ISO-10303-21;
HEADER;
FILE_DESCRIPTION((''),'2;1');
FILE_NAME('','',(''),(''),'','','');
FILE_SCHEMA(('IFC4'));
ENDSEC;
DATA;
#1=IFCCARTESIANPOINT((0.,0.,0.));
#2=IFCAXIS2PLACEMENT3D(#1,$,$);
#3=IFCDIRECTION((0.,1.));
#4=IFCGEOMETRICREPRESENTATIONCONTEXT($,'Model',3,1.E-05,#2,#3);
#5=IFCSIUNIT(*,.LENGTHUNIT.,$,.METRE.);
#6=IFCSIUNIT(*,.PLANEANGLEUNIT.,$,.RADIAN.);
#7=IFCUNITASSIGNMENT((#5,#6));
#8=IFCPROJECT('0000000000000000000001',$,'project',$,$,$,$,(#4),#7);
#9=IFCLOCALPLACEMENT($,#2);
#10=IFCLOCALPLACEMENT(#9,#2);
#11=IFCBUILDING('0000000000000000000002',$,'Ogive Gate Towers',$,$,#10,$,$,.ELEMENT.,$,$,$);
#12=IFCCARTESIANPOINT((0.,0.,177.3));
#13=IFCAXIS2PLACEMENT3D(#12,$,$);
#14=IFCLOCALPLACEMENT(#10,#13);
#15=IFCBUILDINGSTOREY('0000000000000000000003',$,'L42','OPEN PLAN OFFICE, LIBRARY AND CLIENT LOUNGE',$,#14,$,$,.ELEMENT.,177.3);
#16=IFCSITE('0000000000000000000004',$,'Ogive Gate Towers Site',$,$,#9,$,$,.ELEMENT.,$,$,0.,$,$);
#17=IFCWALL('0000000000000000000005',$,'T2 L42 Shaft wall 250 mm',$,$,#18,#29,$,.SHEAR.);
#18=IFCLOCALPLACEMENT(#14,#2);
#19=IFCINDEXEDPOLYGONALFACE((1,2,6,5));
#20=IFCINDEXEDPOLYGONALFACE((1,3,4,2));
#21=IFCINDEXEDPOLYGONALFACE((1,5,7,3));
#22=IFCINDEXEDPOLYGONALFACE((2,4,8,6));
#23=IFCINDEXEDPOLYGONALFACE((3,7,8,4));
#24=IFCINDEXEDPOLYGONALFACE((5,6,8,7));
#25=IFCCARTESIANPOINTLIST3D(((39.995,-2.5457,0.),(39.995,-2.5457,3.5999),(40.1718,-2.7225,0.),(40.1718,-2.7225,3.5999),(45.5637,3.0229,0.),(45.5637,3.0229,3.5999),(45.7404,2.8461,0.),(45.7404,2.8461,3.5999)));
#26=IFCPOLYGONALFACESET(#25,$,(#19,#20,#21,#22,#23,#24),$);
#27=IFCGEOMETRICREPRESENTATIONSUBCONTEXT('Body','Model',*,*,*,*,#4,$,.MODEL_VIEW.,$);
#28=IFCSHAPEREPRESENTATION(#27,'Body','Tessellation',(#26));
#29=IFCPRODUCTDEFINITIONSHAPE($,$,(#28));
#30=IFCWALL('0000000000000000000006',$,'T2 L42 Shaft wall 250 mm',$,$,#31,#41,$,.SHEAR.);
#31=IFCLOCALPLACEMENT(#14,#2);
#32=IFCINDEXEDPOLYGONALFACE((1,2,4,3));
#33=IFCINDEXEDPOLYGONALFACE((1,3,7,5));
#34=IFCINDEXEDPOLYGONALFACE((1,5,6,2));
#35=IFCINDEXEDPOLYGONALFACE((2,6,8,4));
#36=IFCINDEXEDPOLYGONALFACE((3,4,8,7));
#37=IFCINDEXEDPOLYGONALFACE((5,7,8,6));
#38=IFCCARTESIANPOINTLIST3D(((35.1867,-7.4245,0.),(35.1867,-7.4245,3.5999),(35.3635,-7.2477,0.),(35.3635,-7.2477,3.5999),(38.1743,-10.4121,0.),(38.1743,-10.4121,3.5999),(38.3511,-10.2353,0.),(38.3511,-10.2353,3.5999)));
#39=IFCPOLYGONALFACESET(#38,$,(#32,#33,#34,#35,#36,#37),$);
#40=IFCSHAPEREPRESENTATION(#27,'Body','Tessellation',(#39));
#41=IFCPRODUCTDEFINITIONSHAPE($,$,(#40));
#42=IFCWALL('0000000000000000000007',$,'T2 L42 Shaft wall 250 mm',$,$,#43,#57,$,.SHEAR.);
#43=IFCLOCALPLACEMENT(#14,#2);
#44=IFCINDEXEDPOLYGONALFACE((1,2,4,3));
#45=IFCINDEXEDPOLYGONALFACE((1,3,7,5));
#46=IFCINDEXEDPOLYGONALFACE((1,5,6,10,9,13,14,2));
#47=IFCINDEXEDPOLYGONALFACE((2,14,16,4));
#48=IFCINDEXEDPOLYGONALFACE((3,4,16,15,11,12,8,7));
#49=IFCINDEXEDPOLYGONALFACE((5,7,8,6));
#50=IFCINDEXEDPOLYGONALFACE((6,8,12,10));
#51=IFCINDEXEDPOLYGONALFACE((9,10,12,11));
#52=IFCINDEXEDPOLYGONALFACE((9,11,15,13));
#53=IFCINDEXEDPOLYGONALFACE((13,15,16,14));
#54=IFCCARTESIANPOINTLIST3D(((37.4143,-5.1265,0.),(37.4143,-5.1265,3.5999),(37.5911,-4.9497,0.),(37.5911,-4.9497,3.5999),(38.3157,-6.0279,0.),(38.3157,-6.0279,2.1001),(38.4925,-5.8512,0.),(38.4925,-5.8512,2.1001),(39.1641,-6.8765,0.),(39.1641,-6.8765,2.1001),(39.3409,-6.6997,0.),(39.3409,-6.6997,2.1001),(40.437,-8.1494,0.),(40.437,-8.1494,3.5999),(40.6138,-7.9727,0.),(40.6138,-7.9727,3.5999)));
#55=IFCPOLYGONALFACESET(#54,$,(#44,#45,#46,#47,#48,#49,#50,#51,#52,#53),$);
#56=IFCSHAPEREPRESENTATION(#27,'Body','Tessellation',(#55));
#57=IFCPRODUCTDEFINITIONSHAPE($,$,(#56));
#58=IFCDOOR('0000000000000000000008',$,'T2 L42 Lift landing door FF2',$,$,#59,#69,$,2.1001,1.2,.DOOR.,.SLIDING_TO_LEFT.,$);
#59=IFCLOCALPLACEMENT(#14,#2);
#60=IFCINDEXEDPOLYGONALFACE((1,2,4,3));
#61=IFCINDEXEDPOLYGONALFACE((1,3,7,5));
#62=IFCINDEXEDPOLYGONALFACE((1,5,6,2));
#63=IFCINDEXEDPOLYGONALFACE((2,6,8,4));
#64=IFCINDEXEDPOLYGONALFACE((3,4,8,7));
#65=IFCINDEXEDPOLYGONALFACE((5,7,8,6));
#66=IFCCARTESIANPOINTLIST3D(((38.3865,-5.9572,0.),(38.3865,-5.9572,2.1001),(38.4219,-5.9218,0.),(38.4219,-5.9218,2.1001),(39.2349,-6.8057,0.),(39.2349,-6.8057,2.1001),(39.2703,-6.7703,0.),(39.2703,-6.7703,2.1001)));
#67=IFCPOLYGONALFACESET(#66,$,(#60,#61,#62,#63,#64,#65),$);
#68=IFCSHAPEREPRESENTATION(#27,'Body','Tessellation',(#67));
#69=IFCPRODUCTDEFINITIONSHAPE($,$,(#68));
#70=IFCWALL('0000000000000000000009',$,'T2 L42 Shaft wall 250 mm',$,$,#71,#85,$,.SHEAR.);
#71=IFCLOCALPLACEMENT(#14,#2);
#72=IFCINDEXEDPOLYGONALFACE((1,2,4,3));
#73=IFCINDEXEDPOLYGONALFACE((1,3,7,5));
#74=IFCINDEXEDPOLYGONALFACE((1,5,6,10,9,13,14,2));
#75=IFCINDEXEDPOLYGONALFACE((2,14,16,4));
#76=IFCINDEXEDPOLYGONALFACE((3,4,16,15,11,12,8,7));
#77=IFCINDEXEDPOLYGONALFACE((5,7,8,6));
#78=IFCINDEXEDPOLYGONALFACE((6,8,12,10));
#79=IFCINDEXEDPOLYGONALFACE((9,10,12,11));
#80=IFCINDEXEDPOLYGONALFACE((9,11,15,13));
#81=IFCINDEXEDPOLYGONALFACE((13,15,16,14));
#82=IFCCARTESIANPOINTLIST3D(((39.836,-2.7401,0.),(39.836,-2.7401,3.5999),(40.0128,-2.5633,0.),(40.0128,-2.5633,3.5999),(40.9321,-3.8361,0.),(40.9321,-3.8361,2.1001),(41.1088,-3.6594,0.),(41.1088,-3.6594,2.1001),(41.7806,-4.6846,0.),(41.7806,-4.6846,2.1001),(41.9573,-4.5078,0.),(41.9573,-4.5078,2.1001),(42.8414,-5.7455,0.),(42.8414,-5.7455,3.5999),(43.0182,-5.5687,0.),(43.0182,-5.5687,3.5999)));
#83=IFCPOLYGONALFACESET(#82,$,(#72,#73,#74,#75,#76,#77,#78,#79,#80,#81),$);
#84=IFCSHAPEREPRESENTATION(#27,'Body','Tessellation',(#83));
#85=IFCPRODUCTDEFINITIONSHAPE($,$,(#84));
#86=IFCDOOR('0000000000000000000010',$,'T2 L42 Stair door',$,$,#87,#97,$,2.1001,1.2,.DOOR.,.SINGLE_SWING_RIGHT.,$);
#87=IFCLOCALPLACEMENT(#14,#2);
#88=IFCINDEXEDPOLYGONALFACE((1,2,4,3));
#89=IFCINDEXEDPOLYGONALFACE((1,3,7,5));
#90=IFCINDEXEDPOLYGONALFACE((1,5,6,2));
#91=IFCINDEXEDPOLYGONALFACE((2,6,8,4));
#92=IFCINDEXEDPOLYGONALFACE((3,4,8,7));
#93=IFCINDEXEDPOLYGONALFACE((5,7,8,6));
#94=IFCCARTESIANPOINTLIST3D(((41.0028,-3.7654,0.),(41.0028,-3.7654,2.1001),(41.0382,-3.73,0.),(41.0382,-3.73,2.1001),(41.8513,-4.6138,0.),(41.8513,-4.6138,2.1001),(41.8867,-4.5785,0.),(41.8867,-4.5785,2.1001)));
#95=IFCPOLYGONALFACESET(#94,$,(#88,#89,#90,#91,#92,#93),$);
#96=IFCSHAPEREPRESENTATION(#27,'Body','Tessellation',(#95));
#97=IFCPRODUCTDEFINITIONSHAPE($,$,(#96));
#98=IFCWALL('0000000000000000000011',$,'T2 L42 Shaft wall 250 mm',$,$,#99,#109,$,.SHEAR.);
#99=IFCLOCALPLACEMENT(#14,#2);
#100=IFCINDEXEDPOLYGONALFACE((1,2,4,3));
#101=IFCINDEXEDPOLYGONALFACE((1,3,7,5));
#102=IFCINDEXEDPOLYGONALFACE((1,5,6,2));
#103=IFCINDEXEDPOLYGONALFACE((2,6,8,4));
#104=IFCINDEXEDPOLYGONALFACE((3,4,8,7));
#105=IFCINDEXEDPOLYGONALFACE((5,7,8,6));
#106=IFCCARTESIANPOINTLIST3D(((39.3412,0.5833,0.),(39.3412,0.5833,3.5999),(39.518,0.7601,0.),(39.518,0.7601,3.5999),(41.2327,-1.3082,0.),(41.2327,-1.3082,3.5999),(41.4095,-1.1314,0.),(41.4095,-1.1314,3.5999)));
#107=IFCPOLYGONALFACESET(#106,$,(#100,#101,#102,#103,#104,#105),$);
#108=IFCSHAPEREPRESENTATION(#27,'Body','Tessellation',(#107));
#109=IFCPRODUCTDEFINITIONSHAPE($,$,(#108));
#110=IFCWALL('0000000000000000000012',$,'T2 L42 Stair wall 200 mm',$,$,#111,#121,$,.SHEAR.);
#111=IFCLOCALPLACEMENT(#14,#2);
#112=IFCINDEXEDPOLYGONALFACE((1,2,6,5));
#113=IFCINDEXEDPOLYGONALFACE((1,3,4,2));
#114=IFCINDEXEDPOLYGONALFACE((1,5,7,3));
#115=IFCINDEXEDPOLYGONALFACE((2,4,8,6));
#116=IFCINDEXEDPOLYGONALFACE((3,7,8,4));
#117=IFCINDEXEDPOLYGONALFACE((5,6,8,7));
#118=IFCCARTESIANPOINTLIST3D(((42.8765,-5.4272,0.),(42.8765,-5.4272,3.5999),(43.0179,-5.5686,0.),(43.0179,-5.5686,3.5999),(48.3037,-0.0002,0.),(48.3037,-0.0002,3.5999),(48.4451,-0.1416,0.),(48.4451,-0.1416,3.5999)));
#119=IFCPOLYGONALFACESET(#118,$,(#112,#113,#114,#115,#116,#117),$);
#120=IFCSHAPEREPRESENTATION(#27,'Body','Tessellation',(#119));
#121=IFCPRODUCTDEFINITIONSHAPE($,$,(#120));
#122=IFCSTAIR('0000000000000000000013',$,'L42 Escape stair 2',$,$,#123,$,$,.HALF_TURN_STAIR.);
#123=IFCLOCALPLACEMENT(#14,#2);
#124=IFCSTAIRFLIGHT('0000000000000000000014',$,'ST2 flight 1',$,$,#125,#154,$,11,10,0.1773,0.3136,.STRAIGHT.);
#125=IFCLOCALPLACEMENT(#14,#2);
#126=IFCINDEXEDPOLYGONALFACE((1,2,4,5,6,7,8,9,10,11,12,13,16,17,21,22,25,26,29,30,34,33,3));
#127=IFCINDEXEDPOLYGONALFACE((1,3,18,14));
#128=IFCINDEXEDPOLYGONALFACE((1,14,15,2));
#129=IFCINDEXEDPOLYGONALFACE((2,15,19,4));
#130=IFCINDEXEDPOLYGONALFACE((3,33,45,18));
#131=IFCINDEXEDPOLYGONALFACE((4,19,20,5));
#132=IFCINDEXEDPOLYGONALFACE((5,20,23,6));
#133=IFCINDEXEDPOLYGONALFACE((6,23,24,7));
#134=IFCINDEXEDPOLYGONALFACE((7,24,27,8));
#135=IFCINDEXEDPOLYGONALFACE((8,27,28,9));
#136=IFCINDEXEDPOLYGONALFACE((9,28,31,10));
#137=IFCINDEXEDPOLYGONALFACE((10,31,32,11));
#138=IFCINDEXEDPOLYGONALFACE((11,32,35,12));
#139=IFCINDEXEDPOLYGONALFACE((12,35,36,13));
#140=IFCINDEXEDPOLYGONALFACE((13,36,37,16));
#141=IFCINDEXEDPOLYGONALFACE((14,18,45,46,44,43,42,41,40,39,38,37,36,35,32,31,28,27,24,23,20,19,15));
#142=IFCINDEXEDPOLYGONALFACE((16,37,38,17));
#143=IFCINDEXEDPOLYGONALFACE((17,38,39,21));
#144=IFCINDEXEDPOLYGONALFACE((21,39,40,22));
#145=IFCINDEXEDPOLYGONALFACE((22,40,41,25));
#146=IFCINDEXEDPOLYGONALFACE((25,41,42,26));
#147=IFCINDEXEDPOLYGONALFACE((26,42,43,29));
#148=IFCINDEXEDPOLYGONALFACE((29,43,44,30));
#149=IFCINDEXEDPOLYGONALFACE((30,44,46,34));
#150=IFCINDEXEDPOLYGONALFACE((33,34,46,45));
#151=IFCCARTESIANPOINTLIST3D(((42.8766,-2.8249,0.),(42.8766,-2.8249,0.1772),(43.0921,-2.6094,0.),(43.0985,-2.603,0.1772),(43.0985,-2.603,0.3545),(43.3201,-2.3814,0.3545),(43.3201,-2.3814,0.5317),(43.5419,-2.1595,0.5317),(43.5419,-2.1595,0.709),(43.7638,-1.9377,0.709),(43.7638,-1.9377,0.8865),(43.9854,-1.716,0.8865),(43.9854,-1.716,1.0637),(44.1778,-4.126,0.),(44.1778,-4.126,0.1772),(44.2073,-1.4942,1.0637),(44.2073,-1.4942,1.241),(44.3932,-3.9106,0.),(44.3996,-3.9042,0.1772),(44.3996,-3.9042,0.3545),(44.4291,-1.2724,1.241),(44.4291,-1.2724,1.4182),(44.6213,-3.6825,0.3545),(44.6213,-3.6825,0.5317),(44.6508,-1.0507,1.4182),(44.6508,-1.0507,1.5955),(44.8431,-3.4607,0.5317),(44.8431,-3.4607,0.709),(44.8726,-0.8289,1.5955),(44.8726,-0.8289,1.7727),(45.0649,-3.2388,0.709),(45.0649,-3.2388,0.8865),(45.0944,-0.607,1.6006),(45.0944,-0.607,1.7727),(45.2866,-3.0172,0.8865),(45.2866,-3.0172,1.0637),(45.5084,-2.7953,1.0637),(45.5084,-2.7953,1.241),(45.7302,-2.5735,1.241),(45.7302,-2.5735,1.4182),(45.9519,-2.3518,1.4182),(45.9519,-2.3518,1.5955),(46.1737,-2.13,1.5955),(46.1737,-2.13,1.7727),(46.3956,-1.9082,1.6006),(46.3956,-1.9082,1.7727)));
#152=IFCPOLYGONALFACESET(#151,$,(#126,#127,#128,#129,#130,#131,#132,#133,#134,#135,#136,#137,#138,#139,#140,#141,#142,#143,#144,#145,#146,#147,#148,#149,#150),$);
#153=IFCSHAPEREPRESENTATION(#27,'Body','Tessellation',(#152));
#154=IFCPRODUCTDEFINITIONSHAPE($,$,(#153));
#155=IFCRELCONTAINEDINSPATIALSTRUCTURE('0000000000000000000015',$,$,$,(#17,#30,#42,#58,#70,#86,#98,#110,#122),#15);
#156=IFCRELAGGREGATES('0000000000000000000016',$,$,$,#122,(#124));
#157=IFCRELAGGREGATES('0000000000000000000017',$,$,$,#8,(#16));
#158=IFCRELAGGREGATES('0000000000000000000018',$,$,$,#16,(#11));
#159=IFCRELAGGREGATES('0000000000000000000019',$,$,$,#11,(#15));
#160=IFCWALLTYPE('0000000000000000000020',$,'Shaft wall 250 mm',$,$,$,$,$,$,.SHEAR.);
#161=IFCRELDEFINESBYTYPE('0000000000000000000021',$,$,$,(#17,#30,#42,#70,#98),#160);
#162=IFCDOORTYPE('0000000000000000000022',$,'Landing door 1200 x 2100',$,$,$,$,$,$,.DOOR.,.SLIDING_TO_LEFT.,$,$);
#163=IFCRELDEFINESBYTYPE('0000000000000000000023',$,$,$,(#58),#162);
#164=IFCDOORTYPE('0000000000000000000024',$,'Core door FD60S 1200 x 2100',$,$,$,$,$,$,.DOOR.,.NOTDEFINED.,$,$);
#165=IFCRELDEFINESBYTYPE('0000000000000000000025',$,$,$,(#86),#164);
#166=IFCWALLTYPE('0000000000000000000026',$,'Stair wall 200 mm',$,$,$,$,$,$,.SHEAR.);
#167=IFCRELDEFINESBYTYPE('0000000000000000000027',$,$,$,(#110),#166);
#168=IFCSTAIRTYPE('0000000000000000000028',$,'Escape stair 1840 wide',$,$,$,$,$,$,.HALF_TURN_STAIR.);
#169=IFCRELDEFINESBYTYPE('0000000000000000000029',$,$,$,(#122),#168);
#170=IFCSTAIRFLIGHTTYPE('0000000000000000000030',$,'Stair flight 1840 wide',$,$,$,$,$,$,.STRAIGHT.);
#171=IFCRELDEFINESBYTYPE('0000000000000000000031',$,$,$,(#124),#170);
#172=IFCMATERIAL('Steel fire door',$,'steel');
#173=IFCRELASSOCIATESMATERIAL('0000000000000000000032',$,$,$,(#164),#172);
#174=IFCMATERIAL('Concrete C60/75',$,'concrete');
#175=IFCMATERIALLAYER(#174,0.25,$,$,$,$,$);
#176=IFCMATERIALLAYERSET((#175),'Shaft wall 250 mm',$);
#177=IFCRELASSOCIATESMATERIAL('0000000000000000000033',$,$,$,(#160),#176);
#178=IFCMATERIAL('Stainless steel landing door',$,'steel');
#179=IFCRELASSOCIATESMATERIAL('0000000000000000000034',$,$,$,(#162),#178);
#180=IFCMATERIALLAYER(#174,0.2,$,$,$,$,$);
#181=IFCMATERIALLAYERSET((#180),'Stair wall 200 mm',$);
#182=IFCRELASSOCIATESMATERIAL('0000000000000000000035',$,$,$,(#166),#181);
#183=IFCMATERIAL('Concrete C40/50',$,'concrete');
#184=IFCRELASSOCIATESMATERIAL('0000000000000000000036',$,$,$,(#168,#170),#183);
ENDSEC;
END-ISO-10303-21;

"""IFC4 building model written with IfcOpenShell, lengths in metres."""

from ifc_helpers import new_model, si_unit, direction, frame, frame_2d, origin, place, context, subcontext, project, spatial, polyline, rectangle, outline, extrude, material, layer, layer_set, type_object, element, fill, aggregate, save


model = new_model("IFC4")

# Units and contexts
model_context = context("Model", 3, precision=1e-05, world=origin(), true_north=direction((0.0, 1.0)))
body_context = subcontext(model_context, "Body", "Model", "MODEL_VIEW")
ifc_project = project(units=[si_unit("LENGTHUNIT", "METRE"), si_unit("PLANEANGLEUNIT", "RADIAN")], contexts=[model_context])

# Site, building, storey
site_placement = place(None, origin())
site = spatial("IfcSite", under=ifc_project, at=site_placement, Name="Ogive Gate Towers Site", CompositionType="ELEMENT", RefElevation=0.0)
building_placement = place(site_placement, origin())
building = spatial("IfcBuilding", under=site, at=building_placement, Name="Ogive Gate Towers", CompositionType="ELEMENT")
storey_placement = place(building_placement, frame((0.0, 0.0, 177.3)))
storey = spatial("IfcBuildingStorey", under=building, at=storey_placement, Name="L42", Description="OPEN PLAN OFFICE, LIBRARY AND CLIENT LOUNGE", CompositionType="ELEMENT", Elevation=177.3)

# Shared definitions
ifc_material_1 = material(Name="Concrete C60/75", Category="concrete")
ifc_material_2 = material(Name="Steel fire door", Category="steel")
door_type_1 = type_object("IfcDoorType", Name="Core door FD60S 1200 x 2100", OperationType="NOTDEFINED", PredefinedType="DOOR", material=ifc_material_2)

# Walls
ifc_layer_1 = layer(ifc_material_1, 0.25)
ifc_layer_set_1 = layer_set([ifc_layer_1], Name="Shaft wall 250 mm")
wall_type_1 = type_object("IfcWallType", Name="Shaft wall 250 mm", PredefinedType="SHEAR", material=ifc_layer_set_1)
wall_1_placement = place(storey_placement, frame((40.0835, -2.634, 0.0), z_axis=(0.0, 0.0, 1.0), x_axis=(0.707107, 0.707107, 0.0)))
element("IfcWall", 1, at=wall_1_placement, inside=storey, type_object=wall_type_1, Name="T2 L42 Shaft wall 250 mm", PredefinedType="SHEAR", context=body_context, shape_type="SweptSolid", body=[
    extrude(rectangle(XDim=7.8752, YDim=0.25, at=frame_2d((3.9375, 0.0))), origin(), (0.0, 0.0, 1.0), 3.5999),
])
wall_2_placement = place(storey_placement, frame((38.2627, -10.3237, 0.0), z_axis=(0.0, 0.0, 1.0), x_axis=(-0.707107, 0.707107, 0.0)))
element("IfcWall", 2, at=wall_2_placement, inside=storey, type_object=wall_type_1, Name="T2 L42 Shaft wall 250 mm", PredefinedType="SHEAR", context=body_context, shape_type="SweptSolid", body=[
    extrude(rectangle(XDim=4.2251, YDim=0.25, at=frame_2d((2.1125, 0.0))), origin(), (0.0, 0.0, 1.0), 3.5999),
])

# Walls, openings, doors
wall_3_placement = place(storey_placement, frame((40.5254, -8.061, 0.0), z_axis=(0.0, 0.0, 1.0), x_axis=(-0.707078, 0.707135, 0.0)))
wall_3 = element("IfcWall", 3, at=wall_3_placement, inside=storey, type_object=wall_type_1, Name="T2 L42 Shaft wall 250 mm", PredefinedType="SHEAR", context=body_context, shape_type="SweptSolid", body=[
    extrude(rectangle(XDim=4.2749, YDim=0.25, at=frame_2d((2.1375, 0.0))), origin(), (0.0, 0.0, 1.0), 3.5999),
])
opening_1_placement = place(wall_3_placement, frame((1.8, 0.0, 0.0)))
opening_1 = element("IfcOpeningElement", 4, at=opening_1_placement, cuts=wall_3, PredefinedType="OPENING", context=body_context, shape_type="SweptSolid", body=[
    extrude(rectangle(XDim=1.2, YDim=2.1001, at=frame_2d((0.6001, 1.05))), frame((0.0, 0.135, 0.0), z_axis=(0.0, -1.0, 0.0), x_axis=(1.0, 0.0, 0.0)), (0.0, 0.0, 1.0), 0.27),
])
ifc_material_3 = material(Name="Stainless steel landing door", Category="steel")
door_type_2 = type_object("IfcDoorType", Name="Landing door 1200 x 2100", OperationType="SLIDING_TO_LEFT", PredefinedType="DOOR", material=ifc_material_3)
door_1_placement = place(opening_1_placement, origin())
door_1 = element("IfcDoor", 5, at=door_1_placement, inside=storey, type_object=door_type_2, Name="T2 L42 Lift landing door FF2", OperationType="SLIDING_TO_LEFT", OverallHeight=2.1001, OverallWidth=1.2, PredefinedType="DOOR", context=body_context, shape_type="SweptSolid", body=[
    extrude(rectangle(XDim=1.2, YDim=2.1001, at=frame_2d((0.6001, 1.05))), frame((0.0, 0.0249, 0.0), z_axis=(0.0, -1.0, 0.0), x_axis=(1.0, 0.0, 0.0)), (0.0, 0.0, 1.0), 0.05),
])
fill(opening_1, door_1)
wall_4_placement = place(storey_placement, frame((42.9297, -5.657, 0.0), z_axis=(0.0, 0.0, 1.0), x_axis=(-0.707107, 0.707107, 0.0)))
wall_4 = element("IfcWall", 6, at=wall_4_placement, inside=storey, type_object=wall_type_1, Name="T2 L42 Shaft wall 250 mm", PredefinedType="SHEAR", context=body_context, shape_type="SweptSolid", body=[
    extrude(rectangle(XDim=4.2502, YDim=0.25, at=frame_2d((2.125, 0.0))), origin(), (0.0, 0.0, 1.0), 3.5999),
])
opening_2_placement = place(wall_4_placement, frame((1.5, 0.0, 0.0)))
opening_2 = element("IfcOpeningElement", 7, at=opening_2_placement, cuts=wall_4, PredefinedType="OPENING", context=body_context, shape_type="SweptSolid", body=[
    extrude(rectangle(XDim=1.2, YDim=2.1001, at=frame_2d((0.6001, 1.05))), frame((0.0, 0.135, 0.0), z_axis=(0.0, -1.0, 0.0), x_axis=(1.0, 0.0, 0.0)), (0.0, 0.0, 1.0), 0.27),
])
door_2_placement = place(opening_2_placement, origin())
door_2 = element("IfcDoor", 8, at=door_2_placement, inside=storey, type_object=door_type_1, Name="T2 L42 Stair door", OperationType="SINGLE_SWING_RIGHT", OverallHeight=2.1001, OverallWidth=1.2, PredefinedType="DOOR", context=body_context, shape_type="SweptSolid", body=[
    extrude(rectangle(XDim=1.2, YDim=2.1001, at=frame_2d((0.6001, 1.05))), frame((0.0, 0.0249, 0.0), z_axis=(0.0, -1.0, 0.0), x_axis=(1.0, 0.0, 0.0)), (0.0, 0.0, 1.0), 0.05),
])
fill(opening_2, door_2)

# Walls
wall_5_placement = place(storey_placement, frame((41.321, -1.2197, 0.0), z_axis=(0.0, 0.0, 1.0), x_axis=(-0.707107, 0.707107, 0.0)))
element("IfcWall", 9, at=wall_5_placement, inside=storey, type_object=wall_type_1, Name="T2 L42 Shaft wall 250 mm", PredefinedType="SHEAR", context=body_context, shape_type="SweptSolid", body=[
    extrude(rectangle(XDim=2.675, YDim=0.25, at=frame_2d((1.3374, 0.0))), origin(), (0.0, 0.0, 1.0), 3.5999),
])
ifc_layer_2 = layer(ifc_material_1, 0.2)
ifc_layer_set_2 = layer_set([ifc_layer_2], Name="Stair wall 200 mm")
wall_type_2 = type_object("IfcWallType", Name="Stair wall 200 mm", PredefinedType="SHEAR", material=ifc_layer_set_2)
wall_6_placement = place(storey_placement, frame((42.9473, -5.4978, 0.0), z_axis=(0.0, 0.0, 1.0), x_axis=(0.707123, 0.707091, 0.0)))
element("IfcWall", 10, at=wall_6_placement, inside=storey, type_object=wall_type_2, Name="T2 L42 Stair wall 200 mm", PredefinedType="SHEAR", context=body_context, shape_type="SweptSolid", body=[
    extrude(rectangle(XDim=7.675, YDim=0.2, at=frame_2d((3.8374, 0.0))), origin(), (0.0, 0.0, 1.0), 3.5999),
])

# Stair, stair flight
ifc_material_4 = material(Name="Concrete C40/50", Category="concrete")
stair_type = type_object("IfcStairType", Name="Escape stair 1840 wide", PredefinedType="HALF_TURN_STAIR", material=ifc_material_4)
stair_placement = place(storey_placement, origin())
stair = element("IfcStair", 11, at=stair_placement, inside=storey, type_object=stair_type, Name="L42 Escape stair 2", PredefinedType="HALF_TURN_STAIR")
stair_flight_type = type_object("IfcStairFlightType", Name="Stair flight 1840 wide", PredefinedType="STRAIGHT", material=ifc_material_4)
stair_flight_placement = place(storey_placement, frame((43.5271, -3.4753, 0.0), z_axis=(0.0, 0.0, 1.0), x_axis=(0.707107, 0.707107, 0.0)))
stair_flight = element("IfcStairFlight", 12, at=stair_flight_placement, type_object=stair_flight_type, Name="ST2 flight 1", NumberOfRisers=11, NumberOfTreads=10, PredefinedType="STRAIGHT", RiserHeight=0.1773, TreadLength=0.3136, context=body_context, shape_type="SweptSolid", body=[
    extrude(outline(polyline([(0.0, 0.0), (0.0, 0.1772), (0.3137, 0.1772), (0.3137, 0.3545), (0.6272, 0.3545), (0.6272, 0.5317), (0.9409, 0.5317), (0.9409, 0.709), (1.2546, 0.709), (1.2546, 0.8865), (1.5681, 0.8865), (1.5681, 1.0637), (1.8818, 1.0637), (1.8818, 1.241), (2.1956, 1.241), (2.1956, 1.4182), (2.509, 1.4182), (2.509, 1.5955), (2.8228, 1.5955), (2.8228, 1.7727), (3.1365, 1.7727), (3.1365, 1.95), (3.1365, 1.6006), (0.3047, 0.0), (0.0, 0.0)])), frame((0.0, 0.9199, 0.0), z_axis=(0.0, -1.0, 0.0), x_axis=(1.0, 0.0, 0.0)), (0.0, 0.0, 1.0), 1.8401),
])
aggregate(stair, [stair_flight])

save(model, "model.ifc")
